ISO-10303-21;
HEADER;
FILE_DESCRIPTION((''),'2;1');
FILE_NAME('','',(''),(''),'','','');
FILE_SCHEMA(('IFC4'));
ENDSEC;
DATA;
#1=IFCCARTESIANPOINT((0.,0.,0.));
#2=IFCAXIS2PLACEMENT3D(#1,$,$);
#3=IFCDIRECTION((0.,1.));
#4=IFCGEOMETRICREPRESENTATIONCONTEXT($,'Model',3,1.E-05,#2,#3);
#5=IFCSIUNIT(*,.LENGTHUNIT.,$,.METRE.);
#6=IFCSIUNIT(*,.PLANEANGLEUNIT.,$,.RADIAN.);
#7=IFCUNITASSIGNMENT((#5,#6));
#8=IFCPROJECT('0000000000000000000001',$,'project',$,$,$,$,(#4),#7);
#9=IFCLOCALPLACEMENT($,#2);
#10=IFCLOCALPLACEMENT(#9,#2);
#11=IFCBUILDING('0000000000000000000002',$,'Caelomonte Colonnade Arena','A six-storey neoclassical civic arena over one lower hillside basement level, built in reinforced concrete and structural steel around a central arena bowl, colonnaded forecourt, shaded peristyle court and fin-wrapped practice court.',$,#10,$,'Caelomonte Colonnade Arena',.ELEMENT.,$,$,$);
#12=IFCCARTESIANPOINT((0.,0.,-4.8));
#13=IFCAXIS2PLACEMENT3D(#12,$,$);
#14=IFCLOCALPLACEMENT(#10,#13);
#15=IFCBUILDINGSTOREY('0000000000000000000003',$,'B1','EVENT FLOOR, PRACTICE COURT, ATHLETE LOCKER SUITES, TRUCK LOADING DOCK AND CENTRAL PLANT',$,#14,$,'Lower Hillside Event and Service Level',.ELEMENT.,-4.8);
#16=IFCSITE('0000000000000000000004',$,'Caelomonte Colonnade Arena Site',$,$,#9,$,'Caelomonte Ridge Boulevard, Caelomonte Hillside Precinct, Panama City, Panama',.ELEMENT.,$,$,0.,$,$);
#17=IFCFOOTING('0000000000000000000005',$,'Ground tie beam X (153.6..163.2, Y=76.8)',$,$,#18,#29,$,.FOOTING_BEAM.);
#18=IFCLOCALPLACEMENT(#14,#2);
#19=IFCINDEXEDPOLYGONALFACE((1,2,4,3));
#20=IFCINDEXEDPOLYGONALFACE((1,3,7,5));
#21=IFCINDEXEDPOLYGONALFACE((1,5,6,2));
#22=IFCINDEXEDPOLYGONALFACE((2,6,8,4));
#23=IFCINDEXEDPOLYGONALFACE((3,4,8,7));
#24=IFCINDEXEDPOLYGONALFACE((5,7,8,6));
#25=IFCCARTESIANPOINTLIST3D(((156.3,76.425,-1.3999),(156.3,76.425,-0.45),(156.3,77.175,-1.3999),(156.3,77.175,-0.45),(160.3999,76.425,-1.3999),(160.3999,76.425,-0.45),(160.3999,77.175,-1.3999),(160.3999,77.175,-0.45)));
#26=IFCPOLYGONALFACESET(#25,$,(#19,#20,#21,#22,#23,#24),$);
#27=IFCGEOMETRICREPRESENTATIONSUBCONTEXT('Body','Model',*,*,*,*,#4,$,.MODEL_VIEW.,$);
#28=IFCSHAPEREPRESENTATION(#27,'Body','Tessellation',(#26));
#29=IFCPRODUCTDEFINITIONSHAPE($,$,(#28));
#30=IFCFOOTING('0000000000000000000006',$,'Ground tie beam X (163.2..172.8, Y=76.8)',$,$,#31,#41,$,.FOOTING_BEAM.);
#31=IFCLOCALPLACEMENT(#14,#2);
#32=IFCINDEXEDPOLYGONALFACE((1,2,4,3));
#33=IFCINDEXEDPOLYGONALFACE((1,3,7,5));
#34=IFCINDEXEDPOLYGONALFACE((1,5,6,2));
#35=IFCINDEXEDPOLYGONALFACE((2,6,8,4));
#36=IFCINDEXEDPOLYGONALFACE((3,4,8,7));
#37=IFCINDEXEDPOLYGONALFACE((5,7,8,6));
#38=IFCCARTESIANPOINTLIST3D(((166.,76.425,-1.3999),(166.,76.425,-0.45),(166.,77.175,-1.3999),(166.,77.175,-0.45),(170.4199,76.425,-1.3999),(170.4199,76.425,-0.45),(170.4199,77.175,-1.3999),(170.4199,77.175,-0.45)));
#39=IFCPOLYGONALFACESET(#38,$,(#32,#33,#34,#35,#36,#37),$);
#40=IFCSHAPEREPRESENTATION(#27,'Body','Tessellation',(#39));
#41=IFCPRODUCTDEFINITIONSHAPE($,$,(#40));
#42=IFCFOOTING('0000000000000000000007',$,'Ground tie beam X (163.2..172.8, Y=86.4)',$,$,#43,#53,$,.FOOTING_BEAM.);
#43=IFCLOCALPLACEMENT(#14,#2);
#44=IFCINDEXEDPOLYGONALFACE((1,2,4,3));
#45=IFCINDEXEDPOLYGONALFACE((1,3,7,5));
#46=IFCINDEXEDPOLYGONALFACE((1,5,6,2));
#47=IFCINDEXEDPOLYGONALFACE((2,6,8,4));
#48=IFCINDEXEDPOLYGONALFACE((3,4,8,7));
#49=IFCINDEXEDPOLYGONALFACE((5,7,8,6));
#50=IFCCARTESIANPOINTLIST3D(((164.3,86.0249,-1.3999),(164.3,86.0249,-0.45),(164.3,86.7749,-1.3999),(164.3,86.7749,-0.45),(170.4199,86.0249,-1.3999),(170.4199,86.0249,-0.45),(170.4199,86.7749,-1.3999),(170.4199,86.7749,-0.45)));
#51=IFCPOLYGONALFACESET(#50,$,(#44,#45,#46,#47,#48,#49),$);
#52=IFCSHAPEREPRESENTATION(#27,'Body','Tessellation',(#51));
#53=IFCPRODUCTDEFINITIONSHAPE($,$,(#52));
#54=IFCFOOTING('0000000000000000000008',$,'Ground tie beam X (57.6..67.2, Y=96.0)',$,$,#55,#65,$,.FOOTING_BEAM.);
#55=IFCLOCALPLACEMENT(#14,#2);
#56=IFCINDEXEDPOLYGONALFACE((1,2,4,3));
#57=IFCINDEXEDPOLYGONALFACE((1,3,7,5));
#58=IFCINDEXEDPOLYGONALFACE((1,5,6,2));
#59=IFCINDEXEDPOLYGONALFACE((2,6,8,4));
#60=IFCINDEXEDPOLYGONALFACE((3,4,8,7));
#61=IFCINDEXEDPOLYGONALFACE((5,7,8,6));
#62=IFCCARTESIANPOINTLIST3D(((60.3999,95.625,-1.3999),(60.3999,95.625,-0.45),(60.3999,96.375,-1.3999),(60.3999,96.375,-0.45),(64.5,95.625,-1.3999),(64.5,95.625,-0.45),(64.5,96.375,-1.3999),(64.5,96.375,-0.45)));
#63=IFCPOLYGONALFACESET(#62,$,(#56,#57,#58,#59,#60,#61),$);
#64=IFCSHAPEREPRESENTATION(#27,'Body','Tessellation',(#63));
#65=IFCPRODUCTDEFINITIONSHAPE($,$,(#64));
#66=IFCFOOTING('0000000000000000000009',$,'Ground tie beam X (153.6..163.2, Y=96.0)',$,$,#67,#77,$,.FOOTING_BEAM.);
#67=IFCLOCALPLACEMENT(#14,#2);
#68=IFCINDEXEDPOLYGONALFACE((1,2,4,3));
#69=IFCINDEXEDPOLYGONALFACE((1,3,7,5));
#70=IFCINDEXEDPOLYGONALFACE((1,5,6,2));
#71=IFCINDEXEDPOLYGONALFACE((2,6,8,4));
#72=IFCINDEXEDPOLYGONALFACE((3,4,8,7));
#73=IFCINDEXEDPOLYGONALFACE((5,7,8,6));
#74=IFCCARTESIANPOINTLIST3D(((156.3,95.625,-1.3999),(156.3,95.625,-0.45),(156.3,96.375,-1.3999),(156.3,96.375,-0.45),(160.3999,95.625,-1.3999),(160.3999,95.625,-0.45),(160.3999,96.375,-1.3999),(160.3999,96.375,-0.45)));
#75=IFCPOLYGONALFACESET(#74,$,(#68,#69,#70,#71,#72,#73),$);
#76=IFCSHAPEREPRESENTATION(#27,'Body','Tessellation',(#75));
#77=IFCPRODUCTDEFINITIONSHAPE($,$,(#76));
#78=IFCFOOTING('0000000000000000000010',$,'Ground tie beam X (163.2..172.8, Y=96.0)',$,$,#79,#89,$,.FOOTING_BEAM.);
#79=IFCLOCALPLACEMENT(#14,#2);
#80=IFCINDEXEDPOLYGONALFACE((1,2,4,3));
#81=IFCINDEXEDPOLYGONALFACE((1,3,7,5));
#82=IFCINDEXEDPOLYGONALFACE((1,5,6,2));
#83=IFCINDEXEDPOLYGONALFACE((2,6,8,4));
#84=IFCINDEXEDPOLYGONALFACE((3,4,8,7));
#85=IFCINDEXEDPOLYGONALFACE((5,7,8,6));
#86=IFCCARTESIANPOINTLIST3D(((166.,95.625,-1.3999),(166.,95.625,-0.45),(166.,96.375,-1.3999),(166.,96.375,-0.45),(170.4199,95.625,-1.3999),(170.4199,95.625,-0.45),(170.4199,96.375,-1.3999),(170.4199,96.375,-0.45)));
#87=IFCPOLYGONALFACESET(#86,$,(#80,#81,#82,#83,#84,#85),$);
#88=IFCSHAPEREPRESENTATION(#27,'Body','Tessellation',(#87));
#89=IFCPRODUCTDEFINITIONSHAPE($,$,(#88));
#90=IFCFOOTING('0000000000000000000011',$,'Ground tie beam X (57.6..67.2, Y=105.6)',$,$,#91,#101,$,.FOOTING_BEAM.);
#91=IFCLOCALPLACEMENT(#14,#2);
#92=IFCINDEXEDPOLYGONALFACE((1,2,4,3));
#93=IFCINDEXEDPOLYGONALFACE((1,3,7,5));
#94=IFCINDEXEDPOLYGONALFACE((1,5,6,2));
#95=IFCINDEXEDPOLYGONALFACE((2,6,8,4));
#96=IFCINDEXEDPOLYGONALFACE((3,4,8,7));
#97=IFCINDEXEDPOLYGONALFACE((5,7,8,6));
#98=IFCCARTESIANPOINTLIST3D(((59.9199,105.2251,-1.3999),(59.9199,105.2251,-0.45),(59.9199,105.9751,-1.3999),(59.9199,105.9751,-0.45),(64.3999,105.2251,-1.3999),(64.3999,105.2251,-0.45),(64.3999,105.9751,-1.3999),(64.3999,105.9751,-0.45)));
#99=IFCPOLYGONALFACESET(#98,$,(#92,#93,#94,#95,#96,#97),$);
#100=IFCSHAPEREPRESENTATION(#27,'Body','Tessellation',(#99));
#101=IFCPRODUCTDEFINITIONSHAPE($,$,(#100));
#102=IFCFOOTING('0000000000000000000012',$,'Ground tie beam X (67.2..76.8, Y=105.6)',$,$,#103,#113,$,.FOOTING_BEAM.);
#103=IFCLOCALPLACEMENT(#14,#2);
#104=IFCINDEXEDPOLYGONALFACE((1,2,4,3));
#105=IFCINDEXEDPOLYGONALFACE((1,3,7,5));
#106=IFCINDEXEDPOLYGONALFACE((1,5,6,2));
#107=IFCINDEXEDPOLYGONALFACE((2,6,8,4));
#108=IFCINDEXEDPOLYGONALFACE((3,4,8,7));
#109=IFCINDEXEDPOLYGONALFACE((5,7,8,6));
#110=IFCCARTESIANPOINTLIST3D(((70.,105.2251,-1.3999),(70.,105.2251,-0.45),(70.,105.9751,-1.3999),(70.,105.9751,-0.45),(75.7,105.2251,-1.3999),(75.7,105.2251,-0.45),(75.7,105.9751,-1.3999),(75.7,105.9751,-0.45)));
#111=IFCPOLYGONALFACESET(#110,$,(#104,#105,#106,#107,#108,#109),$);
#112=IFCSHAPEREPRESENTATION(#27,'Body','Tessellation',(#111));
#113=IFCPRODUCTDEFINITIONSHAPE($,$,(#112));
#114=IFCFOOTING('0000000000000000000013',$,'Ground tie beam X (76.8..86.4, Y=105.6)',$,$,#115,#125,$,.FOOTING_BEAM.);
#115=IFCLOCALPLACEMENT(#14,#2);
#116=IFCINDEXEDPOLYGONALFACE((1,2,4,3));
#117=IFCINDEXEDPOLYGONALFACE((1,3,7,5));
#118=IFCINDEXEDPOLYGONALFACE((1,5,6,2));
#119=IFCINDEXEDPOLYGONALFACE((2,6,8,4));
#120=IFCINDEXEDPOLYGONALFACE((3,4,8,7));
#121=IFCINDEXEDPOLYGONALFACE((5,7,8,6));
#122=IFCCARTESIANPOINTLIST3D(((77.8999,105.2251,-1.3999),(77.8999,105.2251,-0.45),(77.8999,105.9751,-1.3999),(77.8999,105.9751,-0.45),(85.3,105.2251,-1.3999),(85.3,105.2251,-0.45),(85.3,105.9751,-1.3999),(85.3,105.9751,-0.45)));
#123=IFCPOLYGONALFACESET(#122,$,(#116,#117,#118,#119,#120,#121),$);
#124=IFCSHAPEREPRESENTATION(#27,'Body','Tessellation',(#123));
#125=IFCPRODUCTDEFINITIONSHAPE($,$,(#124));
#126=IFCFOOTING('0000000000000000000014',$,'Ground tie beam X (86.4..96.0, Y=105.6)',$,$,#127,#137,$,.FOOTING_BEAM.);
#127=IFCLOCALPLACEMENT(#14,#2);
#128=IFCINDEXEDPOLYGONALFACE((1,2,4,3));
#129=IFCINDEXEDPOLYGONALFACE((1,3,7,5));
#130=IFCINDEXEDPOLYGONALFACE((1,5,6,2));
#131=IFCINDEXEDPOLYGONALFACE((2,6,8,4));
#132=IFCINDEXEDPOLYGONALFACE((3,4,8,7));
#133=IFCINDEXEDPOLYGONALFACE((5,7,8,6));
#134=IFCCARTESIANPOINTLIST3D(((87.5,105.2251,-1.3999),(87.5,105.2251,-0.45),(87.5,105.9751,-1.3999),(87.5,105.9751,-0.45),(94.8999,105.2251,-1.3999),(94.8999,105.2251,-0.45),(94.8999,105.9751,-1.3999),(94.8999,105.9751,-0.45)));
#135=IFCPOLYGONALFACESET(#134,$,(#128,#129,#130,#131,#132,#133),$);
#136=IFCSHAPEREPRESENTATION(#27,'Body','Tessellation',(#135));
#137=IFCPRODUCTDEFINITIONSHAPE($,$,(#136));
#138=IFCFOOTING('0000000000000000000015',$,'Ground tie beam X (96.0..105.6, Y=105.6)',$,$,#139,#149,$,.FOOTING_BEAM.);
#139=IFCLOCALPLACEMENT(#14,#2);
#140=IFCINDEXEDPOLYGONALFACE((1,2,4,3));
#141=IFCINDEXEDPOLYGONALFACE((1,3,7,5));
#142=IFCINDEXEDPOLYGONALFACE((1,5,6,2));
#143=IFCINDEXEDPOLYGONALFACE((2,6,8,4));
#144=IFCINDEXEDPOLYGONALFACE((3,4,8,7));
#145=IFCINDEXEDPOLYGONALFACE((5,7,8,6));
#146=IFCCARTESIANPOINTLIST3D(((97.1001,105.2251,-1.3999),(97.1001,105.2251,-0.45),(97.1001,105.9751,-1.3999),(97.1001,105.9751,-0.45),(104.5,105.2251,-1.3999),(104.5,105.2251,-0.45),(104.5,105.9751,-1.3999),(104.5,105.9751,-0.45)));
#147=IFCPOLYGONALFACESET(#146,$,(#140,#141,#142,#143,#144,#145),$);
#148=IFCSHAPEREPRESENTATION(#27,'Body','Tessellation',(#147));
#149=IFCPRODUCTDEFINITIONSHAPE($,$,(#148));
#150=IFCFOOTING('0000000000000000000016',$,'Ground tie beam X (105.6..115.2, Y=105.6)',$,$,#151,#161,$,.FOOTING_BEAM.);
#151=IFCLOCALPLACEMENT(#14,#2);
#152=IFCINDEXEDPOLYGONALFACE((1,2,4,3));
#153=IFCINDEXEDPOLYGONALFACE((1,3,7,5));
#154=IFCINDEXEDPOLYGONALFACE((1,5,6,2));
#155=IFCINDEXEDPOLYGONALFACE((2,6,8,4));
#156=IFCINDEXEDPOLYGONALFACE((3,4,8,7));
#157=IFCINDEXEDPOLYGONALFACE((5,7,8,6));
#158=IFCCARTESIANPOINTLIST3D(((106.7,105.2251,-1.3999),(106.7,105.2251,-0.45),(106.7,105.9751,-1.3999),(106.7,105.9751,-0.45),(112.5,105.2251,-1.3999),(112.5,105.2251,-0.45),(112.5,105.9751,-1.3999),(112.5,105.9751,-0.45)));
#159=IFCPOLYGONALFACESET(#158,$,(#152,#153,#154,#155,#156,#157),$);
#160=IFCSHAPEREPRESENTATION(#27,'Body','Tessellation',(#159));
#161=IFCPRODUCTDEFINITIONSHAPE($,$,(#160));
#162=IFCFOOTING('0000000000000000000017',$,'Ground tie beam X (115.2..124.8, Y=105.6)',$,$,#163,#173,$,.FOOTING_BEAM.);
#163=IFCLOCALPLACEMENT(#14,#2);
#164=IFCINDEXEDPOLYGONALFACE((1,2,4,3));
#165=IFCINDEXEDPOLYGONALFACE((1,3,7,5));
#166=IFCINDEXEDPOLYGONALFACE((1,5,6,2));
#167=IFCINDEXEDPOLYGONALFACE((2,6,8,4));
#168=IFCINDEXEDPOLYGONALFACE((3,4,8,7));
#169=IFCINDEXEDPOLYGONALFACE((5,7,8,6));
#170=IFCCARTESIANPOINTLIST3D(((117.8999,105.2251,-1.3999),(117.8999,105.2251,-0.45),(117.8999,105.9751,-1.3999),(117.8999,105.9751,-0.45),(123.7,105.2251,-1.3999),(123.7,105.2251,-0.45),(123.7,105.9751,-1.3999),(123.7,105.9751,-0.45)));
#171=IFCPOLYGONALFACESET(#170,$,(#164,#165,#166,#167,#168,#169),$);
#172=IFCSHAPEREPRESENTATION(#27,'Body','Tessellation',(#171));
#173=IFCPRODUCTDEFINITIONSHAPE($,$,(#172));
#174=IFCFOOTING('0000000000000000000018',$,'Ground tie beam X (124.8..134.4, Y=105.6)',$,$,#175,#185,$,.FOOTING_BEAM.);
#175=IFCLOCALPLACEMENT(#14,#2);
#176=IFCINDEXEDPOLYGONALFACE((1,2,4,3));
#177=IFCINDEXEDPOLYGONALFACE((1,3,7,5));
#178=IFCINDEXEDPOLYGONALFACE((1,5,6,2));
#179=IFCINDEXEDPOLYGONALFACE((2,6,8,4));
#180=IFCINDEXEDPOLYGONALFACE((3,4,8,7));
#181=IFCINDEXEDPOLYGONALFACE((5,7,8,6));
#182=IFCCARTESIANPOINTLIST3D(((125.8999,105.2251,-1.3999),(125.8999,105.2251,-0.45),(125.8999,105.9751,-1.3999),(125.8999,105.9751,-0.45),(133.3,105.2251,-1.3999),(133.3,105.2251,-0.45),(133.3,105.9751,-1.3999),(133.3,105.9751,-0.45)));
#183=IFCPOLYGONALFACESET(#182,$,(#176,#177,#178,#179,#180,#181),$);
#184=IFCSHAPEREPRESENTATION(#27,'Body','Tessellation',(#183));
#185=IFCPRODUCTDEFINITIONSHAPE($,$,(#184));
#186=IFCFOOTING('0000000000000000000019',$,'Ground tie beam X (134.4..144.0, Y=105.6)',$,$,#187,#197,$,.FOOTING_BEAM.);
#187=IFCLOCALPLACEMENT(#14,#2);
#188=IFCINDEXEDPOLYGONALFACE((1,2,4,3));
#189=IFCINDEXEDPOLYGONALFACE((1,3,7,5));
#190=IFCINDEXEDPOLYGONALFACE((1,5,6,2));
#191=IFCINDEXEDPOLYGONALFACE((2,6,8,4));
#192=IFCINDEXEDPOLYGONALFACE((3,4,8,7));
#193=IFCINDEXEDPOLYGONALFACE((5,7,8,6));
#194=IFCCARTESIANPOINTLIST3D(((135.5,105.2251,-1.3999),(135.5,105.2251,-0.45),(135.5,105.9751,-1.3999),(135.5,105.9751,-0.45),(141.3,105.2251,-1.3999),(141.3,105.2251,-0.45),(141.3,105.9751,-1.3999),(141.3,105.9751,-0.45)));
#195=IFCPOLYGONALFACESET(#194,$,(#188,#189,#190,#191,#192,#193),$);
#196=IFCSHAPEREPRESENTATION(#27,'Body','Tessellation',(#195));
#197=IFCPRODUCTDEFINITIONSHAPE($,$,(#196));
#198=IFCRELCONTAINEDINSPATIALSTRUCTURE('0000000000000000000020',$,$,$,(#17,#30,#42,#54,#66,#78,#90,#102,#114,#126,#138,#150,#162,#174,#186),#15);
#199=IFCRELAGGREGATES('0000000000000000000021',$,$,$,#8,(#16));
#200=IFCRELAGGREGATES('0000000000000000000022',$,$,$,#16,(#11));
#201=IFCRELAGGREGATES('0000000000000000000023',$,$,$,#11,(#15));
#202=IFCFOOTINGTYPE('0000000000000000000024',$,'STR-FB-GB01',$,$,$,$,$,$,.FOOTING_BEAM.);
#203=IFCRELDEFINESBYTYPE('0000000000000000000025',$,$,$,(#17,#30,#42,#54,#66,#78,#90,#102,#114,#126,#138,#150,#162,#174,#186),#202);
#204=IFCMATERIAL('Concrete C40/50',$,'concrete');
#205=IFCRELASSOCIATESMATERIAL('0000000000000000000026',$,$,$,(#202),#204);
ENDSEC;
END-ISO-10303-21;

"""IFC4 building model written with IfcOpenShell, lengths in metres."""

from ifc_helpers import new_model, si_unit, direction, frame, origin, place, context, subcontext, project, spatial, polyline, outline, extrude, material, type_object, element, save


model = new_model("IFC4")

# Units and contexts
model_context = context("Model", 3, precision=1e-05, world=origin(), true_north=direction((0.0, 1.0)))
body_context = subcontext(model_context, "Body", "Model", "MODEL_VIEW")
ifc_project = project(units=[si_unit("LENGTHUNIT", "METRE"), si_unit("PLANEANGLEUNIT", "RADIAN")], contexts=[model_context])

# Site, building, storey
site_placement = place(None, origin())
site = spatial("IfcSite", under=ifc_project, at=site_placement, Name="Caelomonte Colonnade Arena Site", LongName="Caelomonte Ridge Boulevard, Caelomonte Hillside Precinct, Panama City, Panama", CompositionType="ELEMENT", RefElevation=0.0)
building_placement = place(site_placement, origin())
building = spatial("IfcBuilding", under=site, at=building_placement, Name="Caelomonte Colonnade Arena", Description="A six-storey neoclassical civic arena over one lower hillside basement level, built in reinforced concrete and structural steel around a central arena bowl, colonnaded forecourt, shaded peristyle court and fin-wrapped practice court.", LongName="Caelomonte Colonnade Arena", CompositionType="ELEMENT")
storey_placement = place(building_placement, frame((0.0, 0.0, -4.8)))
storey = spatial("IfcBuildingStorey", under=building, at=storey_placement, Name="B1", Description="EVENT FLOOR, PRACTICE COURT, ATHLETE LOCKER SUITES, TRUCK LOADING DOCK AND CENTRAL PLANT", LongName="Lower Hillside Event and Service Level", CompositionType="ELEMENT", Elevation=-4.8)

# Footings
ifc_material = material(Name="Concrete C40/50", Category="concrete")
footing_type_1 = type_object("IfcFootingType", Name="STR-FB-GB01", PredefinedType="FOOTING_BEAM", material=ifc_material)
footing_1_placement = place(storey_placement, frame((0.0, 0.0, -1.3999)))
element("IfcFooting", 1, at=footing_1_placement, inside=storey, type_object=footing_type_1, Name="Ground tie beam X (153.6..163.2, Y=76.8)", PredefinedType="FOOTING_BEAM", context=body_context, shape_type="SweptSolid", body=[
    extrude(outline(polyline([(156.3, 76.425), (160.3999, 76.425), (160.3999, 77.175), (156.3, 77.175), (156.3, 76.425)])), origin(), (0.0, 0.0, 1.0), 0.95),
])
footing_2_placement = place(storey_placement, frame((0.0, 0.0, -1.3999)))
element("IfcFooting", 2, at=footing_2_placement, inside=storey, type_object=footing_type_1, Name="Ground tie beam X (163.2..172.8, Y=76.8)", PredefinedType="FOOTING_BEAM", context=body_context, shape_type="SweptSolid", body=[
    extrude(outline(polyline([(166.0, 76.425), (170.4199, 76.425), (170.4199, 77.175), (166.0, 77.175), (166.0, 76.425)])), origin(), (0.0, 0.0, 1.0), 0.95),
])
footing_3_placement = place(storey_placement, frame((0.0, 0.0, -1.3999)))
element("IfcFooting", 3, at=footing_3_placement, inside=storey, type_object=footing_type_1, Name="Ground tie beam X (163.2..172.8, Y=86.4)", PredefinedType="FOOTING_BEAM", context=body_context, shape_type="SweptSolid", body=[
    extrude(outline(polyline([(164.3, 86.0249), (170.4199, 86.0249), (170.4199, 86.7749), (164.3, 86.7749), (164.3, 86.0249)])), origin(), (0.0, 0.0, 1.0), 0.95),
])
footing_4_placement = place(storey_placement, frame((0.0, 0.0, -1.3999)))
element("IfcFooting", 4, at=footing_4_placement, inside=storey, type_object=footing_type_1, Name="Ground tie beam X (57.6..67.2, Y=96.0)", PredefinedType="FOOTING_BEAM", context=body_context, shape_type="SweptSolid", body=[
    extrude(outline(polyline([(60.3999, 95.625), (64.5, 95.625), (64.5, 96.375), (60.3999, 96.375), (60.3999, 95.625)])), origin(), (0.0, 0.0, 1.0), 0.95),
])
footing_5_placement = place(storey_placement, frame((0.0, 0.0, -1.3999)))
element("IfcFooting", 5, at=footing_5_placement, inside=storey, type_object=footing_type_1, Name="Ground tie beam X (153.6..163.2, Y=96.0)", PredefinedType="FOOTING_BEAM", context=body_context, shape_type="SweptSolid", body=[
    extrude(outline(polyline([(156.3, 95.625), (160.3999, 95.625), (160.3999, 96.375), (156.3, 96.375), (156.3, 95.625)])), origin(), (0.0, 0.0, 1.0), 0.95),
])
footing_6_placement = place(storey_placement, frame((0.0, 0.0, -1.3999)))
element("IfcFooting", 6, at=footing_6_placement, inside=storey, type_object=footing_type_1, Name="Ground tie beam X (163.2..172.8, Y=96.0)", PredefinedType="FOOTING_BEAM", context=body_context, shape_type="SweptSolid", body=[
    extrude(outline(polyline([(166.0, 95.625), (170.4199, 95.625), (170.4199, 96.375), (166.0, 96.375), (166.0, 95.625)])), origin(), (0.0, 0.0, 1.0), 0.95),
])
footing_7_placement = place(storey_placement, frame((0.0, 0.0, -1.3999)))
element("IfcFooting", 7, at=footing_7_placement, inside=storey, type_object=footing_type_1, Name="Ground tie beam X (57.6..67.2, Y=105.6)", PredefinedType="FOOTING_BEAM", context=body_context, shape_type="SweptSolid", body=[
    extrude(outline(polyline([(59.9199, 105.2251), (64.3999, 105.2251), (64.3999, 105.9751), (59.9199, 105.9751), (59.9199, 105.2251)])), origin(), (0.0, 0.0, 1.0), 0.95),
])
footing_8_placement = place(storey_placement, frame((0.0, 0.0, -1.3999)))
element("IfcFooting", 8, at=footing_8_placement, inside=storey, type_object=footing_type_1, Name="Ground tie beam X (67.2..76.8, Y=105.6)", PredefinedType="FOOTING_BEAM", context=body_context, shape_type="SweptSolid", body=[
    extrude(outline(polyline([(70.0, 105.2251), (75.7, 105.2251), (75.7, 105.9751), (70.0, 105.9751), (70.0, 105.2251)])), origin(), (0.0, 0.0, 1.0), 0.95),
])
footing_9_placement = place(storey_placement, frame((0.0, 0.0, -1.3999)))
element("IfcFooting", 9, at=footing_9_placement, inside=storey, type_object=footing_type_1, Name="Ground tie beam X (76.8..86.4, Y=105.6)", PredefinedType="FOOTING_BEAM", context=body_context, shape_type="SweptSolid", body=[
    extrude(outline(polyline([(77.8999, 105.2251), (85.3, 105.2251), (85.3, 105.9751), (77.8999, 105.9751), (77.8999, 105.2251)])), origin(), (0.0, 0.0, 1.0), 0.95),
])
footing_10_placement = place(storey_placement, frame((0.0, 0.0, -1.3999)))
element("IfcFooting", 10, at=footing_10_placement, inside=storey, type_object=footing_type_1, Name="Ground tie beam X (86.4..96.0, Y=105.6)", PredefinedType="FOOTING_BEAM", context=body_context, shape_type="SweptSolid", body=[
    extrude(outline(polyline([(87.5, 105.2251), (94.8999, 105.2251), (94.8999, 105.9751), (87.5, 105.9751), (87.5, 105.2251)])), origin(), (0.0, 0.0, 1.0), 0.95),
])
footing_11_placement = place(storey_placement, frame((0.0, 0.0, -1.3999)))
element("IfcFooting", 11, at=footing_11_placement, inside=storey, type_object=footing_type_1, Name="Ground tie beam X (96.0..105.6, Y=105.6)", PredefinedType="FOOTING_BEAM", context=body_context, shape_type="SweptSolid", body=[
    extrude(outline(polyline([(97.1001, 105.2251), (104.5, 105.2251), (104.5, 105.9751), (97.1001, 105.9751), (97.1001, 105.2251)])), origin(), (0.0, 0.0, 1.0), 0.95),
])
footing_12_placement = place(storey_placement, frame((0.0, 0.0, -1.3999)))
element("IfcFooting", 12, at=footing_12_placement, inside=storey, type_object=footing_type_1, Name="Ground tie beam X (105.6..115.2, Y=105.6)", PredefinedType="FOOTING_BEAM", context=body_context, shape_type="SweptSolid", body=[
    extrude(outline(polyline([(106.7, 105.2251), (112.5, 105.2251), (112.5, 105.9751), (106.7, 105.9751), (106.7, 105.2251)])), origin(), (0.0, 0.0, 1.0), 0.95),
])
footing_13_placement = place(storey_placement, frame((0.0, 0.0, -1.3999)))
element("IfcFooting", 13, at=footing_13_placement, inside=storey, type_object=footing_type_1, Name="Ground tie beam X (115.2..124.8, Y=105.6)", PredefinedType="FOOTING_BEAM", context=body_context, shape_type="SweptSolid", body=[
    extrude(outline(polyline([(117.8999, 105.2251), (123.7, 105.2251), (123.7, 105.9751), (117.8999, 105.9751), (117.8999, 105.2251)])), origin(), (0.0, 0.0, 1.0), 0.95),
])
footing_14_placement = place(storey_placement, frame((0.0, 0.0, -1.3999)))
element("IfcFooting", 14, at=footing_14_placement, inside=storey, type_object=footing_type_1, Name="Ground tie beam X (124.8..134.4, Y=105.6)", PredefinedType="FOOTING_BEAM", context=body_context, shape_type="SweptSolid", body=[
    extrude(outline(polyline([(125.8999, 105.2251), (133.3, 105.2251), (133.3, 105.9751), (125.8999, 105.9751), (125.8999, 105.2251)])), origin(), (0.0, 0.0, 1.0), 0.95),
])
footing_15_placement = place(storey_placement, frame((0.0, 0.0, -1.3999)))
element("IfcFooting", 15, at=footing_15_placement, inside=storey, type_object=footing_type_1, Name="Ground tie beam X (134.4..144.0, Y=105.6)", PredefinedType="FOOTING_BEAM", context=body_context, shape_type="SweptSolid", body=[
    extrude(outline(polyline([(135.5, 105.2251), (141.3, 105.2251), (141.3, 105.9751), (135.5, 105.9751), (135.5, 105.2251)])), origin(), (0.0, 0.0, 1.0), 0.95),
])

save(model, "model.ifc")
